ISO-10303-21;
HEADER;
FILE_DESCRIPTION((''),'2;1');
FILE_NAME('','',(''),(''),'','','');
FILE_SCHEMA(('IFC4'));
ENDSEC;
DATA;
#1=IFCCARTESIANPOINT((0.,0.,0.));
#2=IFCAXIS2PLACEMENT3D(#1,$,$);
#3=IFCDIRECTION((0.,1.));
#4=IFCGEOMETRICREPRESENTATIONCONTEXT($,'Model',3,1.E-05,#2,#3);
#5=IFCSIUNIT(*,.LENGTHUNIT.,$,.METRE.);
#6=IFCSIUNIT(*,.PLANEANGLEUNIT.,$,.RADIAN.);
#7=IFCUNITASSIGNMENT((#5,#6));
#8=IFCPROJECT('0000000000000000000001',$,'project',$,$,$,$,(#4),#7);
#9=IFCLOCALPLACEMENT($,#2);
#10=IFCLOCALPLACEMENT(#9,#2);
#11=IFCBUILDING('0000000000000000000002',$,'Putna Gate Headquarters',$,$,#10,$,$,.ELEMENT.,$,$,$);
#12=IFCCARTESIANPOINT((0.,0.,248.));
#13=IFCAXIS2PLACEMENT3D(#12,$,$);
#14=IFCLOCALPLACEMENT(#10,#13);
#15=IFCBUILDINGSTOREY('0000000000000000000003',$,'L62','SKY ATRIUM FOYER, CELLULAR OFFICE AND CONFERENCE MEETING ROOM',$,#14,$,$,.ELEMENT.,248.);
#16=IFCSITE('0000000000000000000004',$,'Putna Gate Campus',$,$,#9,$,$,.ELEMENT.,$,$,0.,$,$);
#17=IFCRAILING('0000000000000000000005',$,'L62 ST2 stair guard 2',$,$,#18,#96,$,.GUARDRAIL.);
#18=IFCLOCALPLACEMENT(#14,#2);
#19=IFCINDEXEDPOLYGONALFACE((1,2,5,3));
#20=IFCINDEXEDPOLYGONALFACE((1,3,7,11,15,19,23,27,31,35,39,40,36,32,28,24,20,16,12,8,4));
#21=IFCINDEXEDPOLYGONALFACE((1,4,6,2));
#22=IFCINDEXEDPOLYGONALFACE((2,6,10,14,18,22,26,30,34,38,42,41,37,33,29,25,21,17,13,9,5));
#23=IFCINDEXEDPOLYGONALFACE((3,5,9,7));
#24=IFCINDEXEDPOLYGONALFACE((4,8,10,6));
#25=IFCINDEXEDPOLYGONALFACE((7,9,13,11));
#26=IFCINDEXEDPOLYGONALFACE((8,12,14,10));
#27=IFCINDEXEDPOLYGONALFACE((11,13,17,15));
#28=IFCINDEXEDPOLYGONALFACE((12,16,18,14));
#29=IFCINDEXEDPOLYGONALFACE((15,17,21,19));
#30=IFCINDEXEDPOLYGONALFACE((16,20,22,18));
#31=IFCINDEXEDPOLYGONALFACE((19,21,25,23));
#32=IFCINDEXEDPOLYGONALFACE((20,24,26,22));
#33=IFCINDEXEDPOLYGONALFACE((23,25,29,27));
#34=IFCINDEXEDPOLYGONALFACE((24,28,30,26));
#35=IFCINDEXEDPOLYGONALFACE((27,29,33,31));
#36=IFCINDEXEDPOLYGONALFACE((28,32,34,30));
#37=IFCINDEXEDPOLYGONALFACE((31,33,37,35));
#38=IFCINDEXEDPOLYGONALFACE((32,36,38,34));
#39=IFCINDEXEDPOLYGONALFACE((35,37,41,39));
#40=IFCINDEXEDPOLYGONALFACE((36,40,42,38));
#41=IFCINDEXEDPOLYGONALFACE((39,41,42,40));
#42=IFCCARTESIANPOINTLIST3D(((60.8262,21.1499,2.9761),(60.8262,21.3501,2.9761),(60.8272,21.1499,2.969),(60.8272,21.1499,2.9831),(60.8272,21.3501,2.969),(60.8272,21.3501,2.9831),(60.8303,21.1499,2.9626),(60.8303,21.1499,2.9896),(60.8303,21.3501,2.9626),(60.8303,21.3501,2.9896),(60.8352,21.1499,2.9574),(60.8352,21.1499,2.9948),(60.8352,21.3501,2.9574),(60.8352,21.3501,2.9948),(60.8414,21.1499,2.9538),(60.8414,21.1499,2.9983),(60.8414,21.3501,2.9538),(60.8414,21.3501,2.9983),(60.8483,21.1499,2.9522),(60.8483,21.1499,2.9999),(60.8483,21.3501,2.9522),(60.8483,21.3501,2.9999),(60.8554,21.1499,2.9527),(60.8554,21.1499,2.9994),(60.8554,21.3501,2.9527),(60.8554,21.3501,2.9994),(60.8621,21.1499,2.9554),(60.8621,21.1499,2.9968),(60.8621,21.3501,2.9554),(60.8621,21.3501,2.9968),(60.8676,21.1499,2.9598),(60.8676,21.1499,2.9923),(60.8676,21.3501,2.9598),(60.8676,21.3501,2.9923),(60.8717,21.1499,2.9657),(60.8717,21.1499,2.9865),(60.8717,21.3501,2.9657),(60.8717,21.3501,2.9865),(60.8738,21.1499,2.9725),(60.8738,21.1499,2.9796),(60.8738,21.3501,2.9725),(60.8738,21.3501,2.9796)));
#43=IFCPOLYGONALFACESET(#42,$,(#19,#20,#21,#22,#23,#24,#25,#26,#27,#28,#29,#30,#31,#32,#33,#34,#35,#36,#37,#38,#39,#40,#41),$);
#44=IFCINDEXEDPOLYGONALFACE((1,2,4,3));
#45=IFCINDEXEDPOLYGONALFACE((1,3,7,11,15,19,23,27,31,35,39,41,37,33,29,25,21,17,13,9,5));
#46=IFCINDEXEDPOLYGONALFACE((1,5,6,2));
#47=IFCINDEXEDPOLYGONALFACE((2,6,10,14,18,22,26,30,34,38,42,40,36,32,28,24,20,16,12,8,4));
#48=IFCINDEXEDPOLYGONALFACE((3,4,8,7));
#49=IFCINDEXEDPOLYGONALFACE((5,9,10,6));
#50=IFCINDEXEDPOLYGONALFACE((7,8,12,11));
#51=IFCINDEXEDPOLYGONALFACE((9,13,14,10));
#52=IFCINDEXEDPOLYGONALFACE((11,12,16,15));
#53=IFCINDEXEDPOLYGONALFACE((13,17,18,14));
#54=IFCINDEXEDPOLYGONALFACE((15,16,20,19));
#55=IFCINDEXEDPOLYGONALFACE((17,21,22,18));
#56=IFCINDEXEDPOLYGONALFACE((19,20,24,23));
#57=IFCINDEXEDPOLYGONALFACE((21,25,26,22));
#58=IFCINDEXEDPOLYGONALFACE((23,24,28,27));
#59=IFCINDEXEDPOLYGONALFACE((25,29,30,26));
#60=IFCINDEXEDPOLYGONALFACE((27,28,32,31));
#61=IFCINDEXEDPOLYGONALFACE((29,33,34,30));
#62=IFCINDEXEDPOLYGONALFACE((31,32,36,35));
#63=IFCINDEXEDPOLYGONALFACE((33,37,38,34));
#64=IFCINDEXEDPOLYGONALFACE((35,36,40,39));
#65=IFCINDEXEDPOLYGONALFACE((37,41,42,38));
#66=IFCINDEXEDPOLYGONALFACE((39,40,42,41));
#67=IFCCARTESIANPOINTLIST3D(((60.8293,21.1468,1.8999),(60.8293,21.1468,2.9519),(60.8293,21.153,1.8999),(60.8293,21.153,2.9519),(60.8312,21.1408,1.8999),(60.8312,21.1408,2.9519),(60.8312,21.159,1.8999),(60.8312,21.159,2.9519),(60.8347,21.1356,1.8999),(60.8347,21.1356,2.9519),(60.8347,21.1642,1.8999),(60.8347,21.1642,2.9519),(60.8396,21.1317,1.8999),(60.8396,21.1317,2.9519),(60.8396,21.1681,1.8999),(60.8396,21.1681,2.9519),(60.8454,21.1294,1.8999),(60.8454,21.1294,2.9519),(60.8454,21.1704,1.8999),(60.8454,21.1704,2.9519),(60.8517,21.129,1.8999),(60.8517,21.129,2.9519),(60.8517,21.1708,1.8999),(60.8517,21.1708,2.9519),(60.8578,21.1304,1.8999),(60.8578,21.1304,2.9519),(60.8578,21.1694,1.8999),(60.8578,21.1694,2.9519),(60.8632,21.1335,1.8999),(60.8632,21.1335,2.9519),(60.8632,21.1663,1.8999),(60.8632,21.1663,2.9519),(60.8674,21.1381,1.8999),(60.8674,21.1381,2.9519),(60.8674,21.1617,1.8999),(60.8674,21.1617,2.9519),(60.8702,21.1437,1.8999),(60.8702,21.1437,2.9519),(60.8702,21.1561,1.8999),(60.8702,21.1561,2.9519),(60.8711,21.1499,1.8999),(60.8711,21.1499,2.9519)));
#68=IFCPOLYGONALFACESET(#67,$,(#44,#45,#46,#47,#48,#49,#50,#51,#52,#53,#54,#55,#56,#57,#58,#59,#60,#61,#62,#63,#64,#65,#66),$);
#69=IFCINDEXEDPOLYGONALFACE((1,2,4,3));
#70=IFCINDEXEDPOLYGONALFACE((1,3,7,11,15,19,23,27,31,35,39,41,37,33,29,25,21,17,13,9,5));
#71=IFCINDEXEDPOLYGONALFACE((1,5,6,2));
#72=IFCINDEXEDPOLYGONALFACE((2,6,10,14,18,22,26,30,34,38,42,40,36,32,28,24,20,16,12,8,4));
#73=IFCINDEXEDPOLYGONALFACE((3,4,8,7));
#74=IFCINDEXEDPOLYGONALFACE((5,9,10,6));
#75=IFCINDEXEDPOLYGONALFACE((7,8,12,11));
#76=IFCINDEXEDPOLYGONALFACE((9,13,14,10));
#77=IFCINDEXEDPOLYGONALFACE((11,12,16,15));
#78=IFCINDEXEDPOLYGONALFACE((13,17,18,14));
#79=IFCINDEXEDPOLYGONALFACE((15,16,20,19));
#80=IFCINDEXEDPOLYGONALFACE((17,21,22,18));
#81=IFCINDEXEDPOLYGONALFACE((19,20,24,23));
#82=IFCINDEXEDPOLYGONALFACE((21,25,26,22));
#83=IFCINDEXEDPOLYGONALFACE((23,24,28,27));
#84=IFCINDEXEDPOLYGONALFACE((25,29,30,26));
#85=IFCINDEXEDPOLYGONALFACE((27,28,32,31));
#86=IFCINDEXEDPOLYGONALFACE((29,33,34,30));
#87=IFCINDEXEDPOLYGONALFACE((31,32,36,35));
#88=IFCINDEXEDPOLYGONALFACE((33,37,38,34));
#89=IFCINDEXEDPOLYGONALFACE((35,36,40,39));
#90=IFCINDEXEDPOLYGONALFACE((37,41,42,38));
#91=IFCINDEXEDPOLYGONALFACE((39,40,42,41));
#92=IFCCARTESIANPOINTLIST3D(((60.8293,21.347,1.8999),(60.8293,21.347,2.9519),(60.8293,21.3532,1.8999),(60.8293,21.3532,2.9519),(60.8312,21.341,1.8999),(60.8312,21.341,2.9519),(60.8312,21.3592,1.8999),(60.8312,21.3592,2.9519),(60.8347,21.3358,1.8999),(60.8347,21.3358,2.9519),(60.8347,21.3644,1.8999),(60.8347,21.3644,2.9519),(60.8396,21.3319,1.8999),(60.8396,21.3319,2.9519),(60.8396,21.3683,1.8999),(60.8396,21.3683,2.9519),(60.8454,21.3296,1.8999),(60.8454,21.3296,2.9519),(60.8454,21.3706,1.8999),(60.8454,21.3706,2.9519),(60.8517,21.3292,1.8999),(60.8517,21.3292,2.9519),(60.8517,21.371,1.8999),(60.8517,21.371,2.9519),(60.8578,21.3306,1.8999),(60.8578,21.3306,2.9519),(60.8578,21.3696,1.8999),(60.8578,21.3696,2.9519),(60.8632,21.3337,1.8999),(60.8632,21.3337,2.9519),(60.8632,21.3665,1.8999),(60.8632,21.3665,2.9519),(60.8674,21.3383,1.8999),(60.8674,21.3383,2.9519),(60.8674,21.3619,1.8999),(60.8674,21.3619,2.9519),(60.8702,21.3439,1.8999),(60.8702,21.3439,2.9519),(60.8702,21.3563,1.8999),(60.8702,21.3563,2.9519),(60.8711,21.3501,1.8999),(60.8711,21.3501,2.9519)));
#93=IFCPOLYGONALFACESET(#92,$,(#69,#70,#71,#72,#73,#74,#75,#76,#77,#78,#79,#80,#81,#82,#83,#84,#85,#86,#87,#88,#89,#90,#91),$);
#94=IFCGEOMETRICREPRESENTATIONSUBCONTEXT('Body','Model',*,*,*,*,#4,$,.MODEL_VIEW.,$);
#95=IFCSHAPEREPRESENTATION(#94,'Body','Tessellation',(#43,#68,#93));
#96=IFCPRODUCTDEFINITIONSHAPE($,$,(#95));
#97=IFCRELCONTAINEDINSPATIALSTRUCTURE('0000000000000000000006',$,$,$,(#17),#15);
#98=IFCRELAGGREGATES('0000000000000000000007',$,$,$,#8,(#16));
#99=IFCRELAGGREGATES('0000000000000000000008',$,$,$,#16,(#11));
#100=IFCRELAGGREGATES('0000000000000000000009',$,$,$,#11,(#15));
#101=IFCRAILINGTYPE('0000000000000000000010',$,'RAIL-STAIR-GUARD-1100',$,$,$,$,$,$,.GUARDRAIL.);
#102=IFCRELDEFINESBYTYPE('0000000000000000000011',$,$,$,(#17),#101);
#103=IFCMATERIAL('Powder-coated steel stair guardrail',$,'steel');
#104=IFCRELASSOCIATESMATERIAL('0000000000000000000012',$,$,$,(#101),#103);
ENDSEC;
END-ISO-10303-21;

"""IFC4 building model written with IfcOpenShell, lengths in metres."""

from ifc_helpers import new_model, si_unit, direction, frame, origin, origin_2d, place, context, subcontext, project, spatial, circle, extrude, material, type_object, element, save


model = new_model("IFC4")

# Units and contexts
model_context = context("Model", 3, precision=1e-05, world=origin(), true_north=direction((0.0, 1.0)))
body_context = subcontext(model_context, "Body", "Model", "MODEL_VIEW")
ifc_project = project(units=[si_unit("LENGTHUNIT", "METRE"), si_unit("PLANEANGLEUNIT", "RADIAN")], contexts=[model_context])

# Site, building, storey
site_placement = place(None, origin())
site = spatial("IfcSite", under=ifc_project, at=site_placement, Name="Putna Gate Campus", CompositionType="ELEMENT", RefElevation=0.0)
building_placement = place(site_placement, origin())
building = spatial("IfcBuilding", under=site, at=building_placement, Name="Putna Gate Headquarters", CompositionType="ELEMENT")
storey_placement = place(building_placement, frame((0.0, 0.0, 248.0)))
storey = spatial("IfcBuildingStorey", under=building, at=storey_placement, Name="L62", Description="SKY ATRIUM FOYER, CELLULAR OFFICE AND CONFERENCE MEETING ROOM", CompositionType="ELEMENT", Elevation=248.0)

# Railing
ifc_material_1 = material(Name="Powder-coated steel stair guardrail", Category="steel")
railing_type_1 = type_object("IfcRailingType", Name="RAIL-STAIR-GUARD-1100", PredefinedType="GUARDRAIL", material=ifc_material_1)
railing_1_placement = place(storey_placement, frame((60.8501, 21.1499, 1.8999)))
element("IfcRailing", 1, at=railing_1_placement, inside=storey, type_object=railing_type_1, Name="L62 ST2 stair guard 2", PredefinedType="GUARDRAIL", context=body_context, shape_type="SweptSolid", body=[
    extrude(circle(Radius=0.0239, at=origin_2d()), frame((0.0, 0.0, 1.0762), z_axis=(0.0, 1.0, 0.0), x_axis=(-1.0, 0.0, 0.0)), (0.0, 0.0, 1.0), 0.2002),
    extrude(circle(Radius=0.021, at=origin_2d()), origin(), (0.0, 0.0, 1.0), 1.052),
    extrude(circle(Radius=0.021, at=origin_2d()), frame((0.0, 0.2002, 0.0)), (0.0, 0.0, 1.0), 1.052),
])

save(model, "model.ifc")
